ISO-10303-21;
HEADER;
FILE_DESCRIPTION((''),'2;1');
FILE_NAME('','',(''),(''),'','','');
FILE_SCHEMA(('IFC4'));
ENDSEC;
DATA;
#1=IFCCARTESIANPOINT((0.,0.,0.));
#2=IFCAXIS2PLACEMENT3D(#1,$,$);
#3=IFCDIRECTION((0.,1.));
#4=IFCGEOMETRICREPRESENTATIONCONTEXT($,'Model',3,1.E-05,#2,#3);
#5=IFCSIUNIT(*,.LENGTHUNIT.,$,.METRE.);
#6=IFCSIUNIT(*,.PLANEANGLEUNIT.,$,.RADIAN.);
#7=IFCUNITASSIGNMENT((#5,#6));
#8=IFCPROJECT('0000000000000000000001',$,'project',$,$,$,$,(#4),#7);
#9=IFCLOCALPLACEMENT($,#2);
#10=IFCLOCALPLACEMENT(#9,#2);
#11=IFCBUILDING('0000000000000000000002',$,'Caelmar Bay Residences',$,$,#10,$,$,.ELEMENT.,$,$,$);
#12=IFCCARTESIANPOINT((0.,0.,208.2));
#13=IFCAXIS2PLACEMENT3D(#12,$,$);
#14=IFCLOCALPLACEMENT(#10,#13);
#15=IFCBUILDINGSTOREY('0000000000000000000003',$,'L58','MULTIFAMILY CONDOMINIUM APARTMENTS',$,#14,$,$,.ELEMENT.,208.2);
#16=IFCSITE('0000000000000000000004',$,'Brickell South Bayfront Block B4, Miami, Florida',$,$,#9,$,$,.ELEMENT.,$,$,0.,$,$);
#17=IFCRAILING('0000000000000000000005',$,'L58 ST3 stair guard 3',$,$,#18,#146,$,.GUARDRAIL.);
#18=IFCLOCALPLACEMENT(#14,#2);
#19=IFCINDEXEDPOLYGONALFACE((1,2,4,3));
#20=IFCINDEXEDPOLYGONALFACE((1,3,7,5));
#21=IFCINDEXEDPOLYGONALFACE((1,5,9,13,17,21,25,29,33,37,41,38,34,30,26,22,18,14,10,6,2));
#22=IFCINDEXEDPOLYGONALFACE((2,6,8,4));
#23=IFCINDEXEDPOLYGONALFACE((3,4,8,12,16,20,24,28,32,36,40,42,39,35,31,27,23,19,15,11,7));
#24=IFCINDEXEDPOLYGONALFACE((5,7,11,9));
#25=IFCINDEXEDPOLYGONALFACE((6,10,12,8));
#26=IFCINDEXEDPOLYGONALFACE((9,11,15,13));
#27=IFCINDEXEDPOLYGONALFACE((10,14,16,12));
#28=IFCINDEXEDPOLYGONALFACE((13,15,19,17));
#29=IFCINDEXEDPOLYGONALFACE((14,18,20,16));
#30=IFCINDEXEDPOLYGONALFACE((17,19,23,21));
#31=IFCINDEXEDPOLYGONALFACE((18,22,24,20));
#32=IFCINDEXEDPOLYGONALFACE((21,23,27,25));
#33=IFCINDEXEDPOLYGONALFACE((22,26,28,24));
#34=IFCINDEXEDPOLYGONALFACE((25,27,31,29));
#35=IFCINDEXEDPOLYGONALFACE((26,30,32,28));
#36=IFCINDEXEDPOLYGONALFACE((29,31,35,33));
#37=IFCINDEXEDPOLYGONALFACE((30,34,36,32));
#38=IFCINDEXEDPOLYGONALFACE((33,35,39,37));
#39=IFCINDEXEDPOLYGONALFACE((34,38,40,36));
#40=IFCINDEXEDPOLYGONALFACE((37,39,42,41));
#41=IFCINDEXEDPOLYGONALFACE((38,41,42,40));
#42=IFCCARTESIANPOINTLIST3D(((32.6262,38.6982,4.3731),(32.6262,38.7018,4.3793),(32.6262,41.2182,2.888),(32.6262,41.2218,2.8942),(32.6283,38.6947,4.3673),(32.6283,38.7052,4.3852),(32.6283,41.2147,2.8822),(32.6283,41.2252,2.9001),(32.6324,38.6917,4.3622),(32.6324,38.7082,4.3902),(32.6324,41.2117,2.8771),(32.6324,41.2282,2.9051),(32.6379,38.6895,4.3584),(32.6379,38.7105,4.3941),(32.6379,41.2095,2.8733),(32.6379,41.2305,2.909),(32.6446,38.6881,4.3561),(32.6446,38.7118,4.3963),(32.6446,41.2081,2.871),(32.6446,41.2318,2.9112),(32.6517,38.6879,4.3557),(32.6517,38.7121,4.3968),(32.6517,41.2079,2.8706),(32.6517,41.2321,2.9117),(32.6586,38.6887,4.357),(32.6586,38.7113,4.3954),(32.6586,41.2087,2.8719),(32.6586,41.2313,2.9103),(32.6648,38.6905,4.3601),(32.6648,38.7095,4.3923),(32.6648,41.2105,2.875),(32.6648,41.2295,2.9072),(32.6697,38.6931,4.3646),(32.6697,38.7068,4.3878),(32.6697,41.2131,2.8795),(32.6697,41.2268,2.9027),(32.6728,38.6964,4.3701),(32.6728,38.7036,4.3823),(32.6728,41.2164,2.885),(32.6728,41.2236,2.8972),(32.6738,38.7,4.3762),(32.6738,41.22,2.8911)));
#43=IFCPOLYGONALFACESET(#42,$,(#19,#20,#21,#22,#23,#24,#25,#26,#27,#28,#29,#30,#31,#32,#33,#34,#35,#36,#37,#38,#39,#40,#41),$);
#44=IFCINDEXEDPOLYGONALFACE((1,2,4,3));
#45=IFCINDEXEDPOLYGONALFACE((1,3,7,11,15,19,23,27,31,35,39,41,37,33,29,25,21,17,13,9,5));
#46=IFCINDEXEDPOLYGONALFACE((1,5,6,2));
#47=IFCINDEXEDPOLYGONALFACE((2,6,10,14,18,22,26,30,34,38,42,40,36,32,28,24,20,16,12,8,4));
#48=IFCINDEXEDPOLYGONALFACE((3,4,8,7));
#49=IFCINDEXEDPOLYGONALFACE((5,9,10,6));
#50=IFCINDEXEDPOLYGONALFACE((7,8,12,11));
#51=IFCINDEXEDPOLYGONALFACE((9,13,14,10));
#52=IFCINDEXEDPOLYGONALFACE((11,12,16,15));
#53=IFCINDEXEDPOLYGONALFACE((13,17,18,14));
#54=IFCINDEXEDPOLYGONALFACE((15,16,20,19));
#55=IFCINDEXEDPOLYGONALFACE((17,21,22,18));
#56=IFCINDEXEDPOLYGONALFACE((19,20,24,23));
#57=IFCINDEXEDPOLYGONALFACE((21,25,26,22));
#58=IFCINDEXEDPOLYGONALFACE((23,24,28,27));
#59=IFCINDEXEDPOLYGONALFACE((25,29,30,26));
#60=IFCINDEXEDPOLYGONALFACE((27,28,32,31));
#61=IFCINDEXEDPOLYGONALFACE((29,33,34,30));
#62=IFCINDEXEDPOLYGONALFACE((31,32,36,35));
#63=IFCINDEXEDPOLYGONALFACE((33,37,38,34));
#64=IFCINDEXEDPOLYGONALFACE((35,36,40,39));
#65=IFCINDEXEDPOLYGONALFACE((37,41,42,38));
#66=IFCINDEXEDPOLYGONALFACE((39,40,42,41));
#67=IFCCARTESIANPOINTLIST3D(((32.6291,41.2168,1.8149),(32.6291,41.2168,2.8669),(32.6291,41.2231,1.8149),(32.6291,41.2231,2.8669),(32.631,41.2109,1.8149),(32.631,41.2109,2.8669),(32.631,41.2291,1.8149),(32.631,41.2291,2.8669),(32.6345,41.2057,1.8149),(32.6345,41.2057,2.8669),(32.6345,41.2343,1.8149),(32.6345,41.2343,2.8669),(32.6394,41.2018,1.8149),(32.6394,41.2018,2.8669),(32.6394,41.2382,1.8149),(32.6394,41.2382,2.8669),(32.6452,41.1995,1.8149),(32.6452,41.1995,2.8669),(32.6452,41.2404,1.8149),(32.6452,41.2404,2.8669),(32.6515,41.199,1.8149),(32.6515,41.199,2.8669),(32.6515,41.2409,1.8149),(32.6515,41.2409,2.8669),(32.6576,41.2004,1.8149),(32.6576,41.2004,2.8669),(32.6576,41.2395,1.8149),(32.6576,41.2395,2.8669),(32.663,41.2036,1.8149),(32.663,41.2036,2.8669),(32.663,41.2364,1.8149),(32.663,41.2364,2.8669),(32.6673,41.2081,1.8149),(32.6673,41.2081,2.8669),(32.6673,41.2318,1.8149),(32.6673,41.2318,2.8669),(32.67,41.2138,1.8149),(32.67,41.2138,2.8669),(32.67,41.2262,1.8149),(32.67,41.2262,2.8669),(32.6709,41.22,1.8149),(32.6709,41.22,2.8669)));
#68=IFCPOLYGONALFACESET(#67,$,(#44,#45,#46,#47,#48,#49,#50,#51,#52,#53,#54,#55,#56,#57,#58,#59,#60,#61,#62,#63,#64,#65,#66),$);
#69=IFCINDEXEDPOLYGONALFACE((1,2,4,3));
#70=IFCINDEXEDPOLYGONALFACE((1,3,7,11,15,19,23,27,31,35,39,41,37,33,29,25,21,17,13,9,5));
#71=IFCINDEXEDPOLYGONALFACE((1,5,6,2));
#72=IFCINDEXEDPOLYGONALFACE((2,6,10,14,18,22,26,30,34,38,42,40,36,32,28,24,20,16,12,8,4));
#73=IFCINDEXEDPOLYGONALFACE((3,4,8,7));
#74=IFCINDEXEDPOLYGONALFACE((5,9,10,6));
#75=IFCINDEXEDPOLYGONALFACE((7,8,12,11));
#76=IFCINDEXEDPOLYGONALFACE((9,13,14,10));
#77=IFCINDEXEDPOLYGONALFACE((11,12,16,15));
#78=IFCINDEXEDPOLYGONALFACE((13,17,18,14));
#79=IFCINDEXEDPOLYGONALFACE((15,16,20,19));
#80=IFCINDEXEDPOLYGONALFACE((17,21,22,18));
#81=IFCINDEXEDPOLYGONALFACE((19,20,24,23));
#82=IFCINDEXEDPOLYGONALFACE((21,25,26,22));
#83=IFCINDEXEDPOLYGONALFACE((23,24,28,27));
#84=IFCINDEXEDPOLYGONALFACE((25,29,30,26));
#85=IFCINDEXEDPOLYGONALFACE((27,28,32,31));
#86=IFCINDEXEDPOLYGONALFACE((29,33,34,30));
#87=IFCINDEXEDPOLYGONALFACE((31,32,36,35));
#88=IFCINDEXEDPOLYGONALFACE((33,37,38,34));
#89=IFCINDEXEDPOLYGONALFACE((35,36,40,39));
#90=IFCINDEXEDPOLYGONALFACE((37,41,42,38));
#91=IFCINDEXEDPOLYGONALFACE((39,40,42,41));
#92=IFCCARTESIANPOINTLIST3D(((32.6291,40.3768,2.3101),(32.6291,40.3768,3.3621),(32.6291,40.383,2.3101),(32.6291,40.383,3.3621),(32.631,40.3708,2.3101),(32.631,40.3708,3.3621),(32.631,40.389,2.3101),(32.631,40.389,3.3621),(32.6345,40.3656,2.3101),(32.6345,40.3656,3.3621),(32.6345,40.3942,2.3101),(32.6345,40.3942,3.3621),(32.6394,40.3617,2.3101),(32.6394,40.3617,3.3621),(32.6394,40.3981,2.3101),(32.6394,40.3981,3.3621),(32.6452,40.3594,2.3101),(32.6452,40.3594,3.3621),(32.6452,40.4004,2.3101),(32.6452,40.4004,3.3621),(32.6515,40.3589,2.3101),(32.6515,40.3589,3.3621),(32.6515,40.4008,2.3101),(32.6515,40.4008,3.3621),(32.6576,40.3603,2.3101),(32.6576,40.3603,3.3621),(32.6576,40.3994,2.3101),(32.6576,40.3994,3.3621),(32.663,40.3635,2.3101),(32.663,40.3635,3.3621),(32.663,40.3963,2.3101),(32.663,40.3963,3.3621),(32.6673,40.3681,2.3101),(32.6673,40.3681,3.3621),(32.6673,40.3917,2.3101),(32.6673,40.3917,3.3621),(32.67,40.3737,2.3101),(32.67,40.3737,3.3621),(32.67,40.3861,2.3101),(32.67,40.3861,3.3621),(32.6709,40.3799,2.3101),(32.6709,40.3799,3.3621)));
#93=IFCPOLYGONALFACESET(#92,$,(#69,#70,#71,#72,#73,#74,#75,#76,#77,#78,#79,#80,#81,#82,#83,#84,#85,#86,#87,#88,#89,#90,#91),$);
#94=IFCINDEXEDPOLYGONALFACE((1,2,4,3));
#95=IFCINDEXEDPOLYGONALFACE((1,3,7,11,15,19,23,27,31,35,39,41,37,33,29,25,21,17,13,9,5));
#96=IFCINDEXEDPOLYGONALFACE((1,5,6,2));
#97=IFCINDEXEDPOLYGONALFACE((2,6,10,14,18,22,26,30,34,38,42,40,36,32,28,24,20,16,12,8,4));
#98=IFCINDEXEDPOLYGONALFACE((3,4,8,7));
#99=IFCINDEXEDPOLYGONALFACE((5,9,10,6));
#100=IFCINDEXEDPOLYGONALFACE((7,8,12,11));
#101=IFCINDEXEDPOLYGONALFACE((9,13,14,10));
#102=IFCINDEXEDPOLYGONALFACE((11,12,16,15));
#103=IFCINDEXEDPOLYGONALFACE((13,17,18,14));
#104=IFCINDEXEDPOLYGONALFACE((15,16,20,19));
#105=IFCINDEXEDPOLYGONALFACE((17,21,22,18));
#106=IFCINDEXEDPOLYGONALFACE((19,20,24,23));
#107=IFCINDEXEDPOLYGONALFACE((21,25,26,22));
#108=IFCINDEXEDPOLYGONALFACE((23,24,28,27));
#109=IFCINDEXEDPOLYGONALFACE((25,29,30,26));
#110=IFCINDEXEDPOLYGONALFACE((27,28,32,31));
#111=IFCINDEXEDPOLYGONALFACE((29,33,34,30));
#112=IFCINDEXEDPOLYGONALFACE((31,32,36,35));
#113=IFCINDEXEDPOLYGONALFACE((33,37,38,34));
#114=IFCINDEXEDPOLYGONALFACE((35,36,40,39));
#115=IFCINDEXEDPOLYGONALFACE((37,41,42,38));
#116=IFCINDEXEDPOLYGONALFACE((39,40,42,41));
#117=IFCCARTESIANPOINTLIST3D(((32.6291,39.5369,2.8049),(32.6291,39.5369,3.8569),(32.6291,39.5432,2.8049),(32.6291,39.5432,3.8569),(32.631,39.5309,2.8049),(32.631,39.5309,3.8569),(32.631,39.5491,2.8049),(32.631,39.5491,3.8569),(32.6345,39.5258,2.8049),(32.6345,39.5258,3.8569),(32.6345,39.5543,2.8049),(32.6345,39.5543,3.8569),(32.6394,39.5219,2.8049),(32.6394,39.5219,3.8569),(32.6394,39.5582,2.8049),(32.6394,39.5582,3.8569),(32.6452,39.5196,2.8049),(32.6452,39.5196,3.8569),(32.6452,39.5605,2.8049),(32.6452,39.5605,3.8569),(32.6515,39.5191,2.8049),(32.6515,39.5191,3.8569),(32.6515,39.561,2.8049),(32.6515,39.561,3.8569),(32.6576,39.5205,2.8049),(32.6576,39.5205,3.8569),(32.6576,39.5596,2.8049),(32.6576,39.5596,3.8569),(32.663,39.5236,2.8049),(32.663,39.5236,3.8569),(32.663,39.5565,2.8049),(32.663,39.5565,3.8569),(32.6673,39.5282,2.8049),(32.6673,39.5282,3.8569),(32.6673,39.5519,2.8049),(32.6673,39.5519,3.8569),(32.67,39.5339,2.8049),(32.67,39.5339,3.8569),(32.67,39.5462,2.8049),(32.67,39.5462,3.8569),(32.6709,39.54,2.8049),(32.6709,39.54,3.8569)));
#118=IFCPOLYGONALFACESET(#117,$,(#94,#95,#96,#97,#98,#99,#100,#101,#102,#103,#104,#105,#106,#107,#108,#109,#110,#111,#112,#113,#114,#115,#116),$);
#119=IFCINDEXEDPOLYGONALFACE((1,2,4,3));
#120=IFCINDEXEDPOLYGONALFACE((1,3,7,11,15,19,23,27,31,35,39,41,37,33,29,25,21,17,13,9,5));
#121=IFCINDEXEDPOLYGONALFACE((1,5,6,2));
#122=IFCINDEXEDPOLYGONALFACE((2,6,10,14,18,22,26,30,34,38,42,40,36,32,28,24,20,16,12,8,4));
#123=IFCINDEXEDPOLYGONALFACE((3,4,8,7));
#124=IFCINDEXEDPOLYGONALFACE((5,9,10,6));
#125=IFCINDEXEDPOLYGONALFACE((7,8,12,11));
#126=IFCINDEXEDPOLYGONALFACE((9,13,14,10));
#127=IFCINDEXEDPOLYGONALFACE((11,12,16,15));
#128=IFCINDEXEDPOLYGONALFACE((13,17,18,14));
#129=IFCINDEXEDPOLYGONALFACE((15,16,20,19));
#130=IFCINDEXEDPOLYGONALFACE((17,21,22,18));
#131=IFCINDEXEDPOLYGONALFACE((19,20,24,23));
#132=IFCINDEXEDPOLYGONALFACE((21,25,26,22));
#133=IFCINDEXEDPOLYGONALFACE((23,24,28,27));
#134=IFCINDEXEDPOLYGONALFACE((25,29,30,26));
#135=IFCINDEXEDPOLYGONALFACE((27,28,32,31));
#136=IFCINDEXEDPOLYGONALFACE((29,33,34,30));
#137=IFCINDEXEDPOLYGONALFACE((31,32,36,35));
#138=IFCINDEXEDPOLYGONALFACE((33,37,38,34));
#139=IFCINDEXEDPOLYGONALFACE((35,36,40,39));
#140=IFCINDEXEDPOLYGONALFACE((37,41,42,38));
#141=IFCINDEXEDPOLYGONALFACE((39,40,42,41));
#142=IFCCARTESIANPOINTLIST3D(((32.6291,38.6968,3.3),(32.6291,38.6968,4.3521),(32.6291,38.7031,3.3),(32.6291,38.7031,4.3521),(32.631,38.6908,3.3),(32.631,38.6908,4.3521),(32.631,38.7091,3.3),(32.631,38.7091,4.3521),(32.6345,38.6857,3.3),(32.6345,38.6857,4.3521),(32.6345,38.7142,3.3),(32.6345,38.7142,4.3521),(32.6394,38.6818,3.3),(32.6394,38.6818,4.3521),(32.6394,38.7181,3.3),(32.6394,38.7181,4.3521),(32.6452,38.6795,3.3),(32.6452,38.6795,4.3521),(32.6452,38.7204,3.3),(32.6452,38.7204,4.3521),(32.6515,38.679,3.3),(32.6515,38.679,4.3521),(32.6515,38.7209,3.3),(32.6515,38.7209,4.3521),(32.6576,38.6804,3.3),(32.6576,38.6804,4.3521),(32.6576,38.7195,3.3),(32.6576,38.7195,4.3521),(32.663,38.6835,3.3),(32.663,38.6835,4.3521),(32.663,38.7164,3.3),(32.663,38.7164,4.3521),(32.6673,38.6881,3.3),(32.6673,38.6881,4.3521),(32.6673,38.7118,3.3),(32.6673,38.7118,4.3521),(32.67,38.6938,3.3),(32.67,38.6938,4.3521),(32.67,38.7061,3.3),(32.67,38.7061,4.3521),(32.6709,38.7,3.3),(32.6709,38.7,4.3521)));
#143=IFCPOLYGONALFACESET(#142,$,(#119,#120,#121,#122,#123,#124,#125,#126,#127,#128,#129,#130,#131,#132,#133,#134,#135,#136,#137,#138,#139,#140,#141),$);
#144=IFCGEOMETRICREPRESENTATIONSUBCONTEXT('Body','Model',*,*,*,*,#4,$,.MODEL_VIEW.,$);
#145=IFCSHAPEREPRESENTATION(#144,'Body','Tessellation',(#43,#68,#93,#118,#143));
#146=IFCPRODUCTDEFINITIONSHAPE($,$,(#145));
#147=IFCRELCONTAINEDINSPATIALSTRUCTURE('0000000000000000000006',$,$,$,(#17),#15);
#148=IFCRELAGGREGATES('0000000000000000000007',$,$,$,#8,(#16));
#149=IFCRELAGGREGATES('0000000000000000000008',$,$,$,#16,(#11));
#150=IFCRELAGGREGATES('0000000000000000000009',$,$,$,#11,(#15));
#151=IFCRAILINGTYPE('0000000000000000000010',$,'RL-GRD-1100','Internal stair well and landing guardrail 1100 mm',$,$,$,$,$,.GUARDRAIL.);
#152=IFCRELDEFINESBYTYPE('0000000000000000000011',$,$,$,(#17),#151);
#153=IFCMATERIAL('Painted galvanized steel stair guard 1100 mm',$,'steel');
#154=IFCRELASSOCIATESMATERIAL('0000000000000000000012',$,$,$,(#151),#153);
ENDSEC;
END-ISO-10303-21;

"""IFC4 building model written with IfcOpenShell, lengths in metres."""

from ifc_helpers import new_model, si_unit, direction, frame, origin, origin_2d, place, context, subcontext, project, spatial, circle, extrude, material, type_object, element, save


model = new_model("IFC4")

# Units and contexts
model_context = context("Model", 3, precision=1e-05, world=origin(), true_north=direction((0.0, 1.0)))
body_context = subcontext(model_context, "Body", "Model", "MODEL_VIEW")
ifc_project = project(units=[si_unit("LENGTHUNIT", "METRE"), si_unit("PLANEANGLEUNIT", "RADIAN")], contexts=[model_context])

# Site, building, storey
site_placement = place(None, origin())
site = spatial("IfcSite", under=ifc_project, at=site_placement, Name="Brickell South Bayfront Block B4, Miami, Florida", CompositionType="ELEMENT", RefElevation=0.0)
building_placement = place(site_placement, origin())
building = spatial("IfcBuilding", under=site, at=building_placement, Name="Caelmar Bay Residences", CompositionType="ELEMENT")
storey_placement = place(building_placement, frame((0.0, 0.0, 208.2)))
storey = spatial("IfcBuildingStorey", under=building, at=storey_placement, Name="L58", Description="MULTIFAMILY CONDOMINIUM APARTMENTS", CompositionType="ELEMENT", Elevation=208.2)

# Railing
ifc_material_1 = material(Name="Painted galvanized steel stair guard 1100 mm", Category="steel")
railing_type_1 = type_object("IfcRailingType", Name="RL-GRD-1100", Description="Internal stair well and landing guardrail 1100 mm", PredefinedType="GUARDRAIL", material=ifc_material_1)
railing_1_placement = place(storey_placement, frame((32.6499, 41.22, 1.8149)))
element("IfcRailing", 1, at=railing_1_placement, inside=storey, type_object=railing_type_1, Name="L58 ST3 stair guard 3", PredefinedType="GUARDRAIL", context=body_context, shape_type="SweptSolid", body=[
    extrude(circle(Radius=0.0239, at=origin_2d()), frame((0.0, 0.0, 1.0762), z_axis=(0.0, -0.861524, 0.507717), x_axis=(1.0, 0.0, 0.0)), (0.0, 0.0, 1.0), 2.925),
    extrude(circle(Radius=0.021, at=origin_2d()), origin(), (0.0, 0.0, 1.0), 1.052),
    extrude(circle(Radius=0.021, at=origin_2d()), frame((0.0, -0.8401, 0.4951)), (0.0, 0.0, 1.0), 1.052),
    extrude(circle(Radius=0.021, at=origin_2d()), frame((0.0, -1.6799, 0.99)), (0.0, 0.0, 1.0), 1.052),
    extrude(circle(Radius=0.021, at=origin_2d()), frame((0.0, -2.52, 1.4851)), (0.0, 0.0, 1.0), 1.052),
])

save(model, "model.ifc")
